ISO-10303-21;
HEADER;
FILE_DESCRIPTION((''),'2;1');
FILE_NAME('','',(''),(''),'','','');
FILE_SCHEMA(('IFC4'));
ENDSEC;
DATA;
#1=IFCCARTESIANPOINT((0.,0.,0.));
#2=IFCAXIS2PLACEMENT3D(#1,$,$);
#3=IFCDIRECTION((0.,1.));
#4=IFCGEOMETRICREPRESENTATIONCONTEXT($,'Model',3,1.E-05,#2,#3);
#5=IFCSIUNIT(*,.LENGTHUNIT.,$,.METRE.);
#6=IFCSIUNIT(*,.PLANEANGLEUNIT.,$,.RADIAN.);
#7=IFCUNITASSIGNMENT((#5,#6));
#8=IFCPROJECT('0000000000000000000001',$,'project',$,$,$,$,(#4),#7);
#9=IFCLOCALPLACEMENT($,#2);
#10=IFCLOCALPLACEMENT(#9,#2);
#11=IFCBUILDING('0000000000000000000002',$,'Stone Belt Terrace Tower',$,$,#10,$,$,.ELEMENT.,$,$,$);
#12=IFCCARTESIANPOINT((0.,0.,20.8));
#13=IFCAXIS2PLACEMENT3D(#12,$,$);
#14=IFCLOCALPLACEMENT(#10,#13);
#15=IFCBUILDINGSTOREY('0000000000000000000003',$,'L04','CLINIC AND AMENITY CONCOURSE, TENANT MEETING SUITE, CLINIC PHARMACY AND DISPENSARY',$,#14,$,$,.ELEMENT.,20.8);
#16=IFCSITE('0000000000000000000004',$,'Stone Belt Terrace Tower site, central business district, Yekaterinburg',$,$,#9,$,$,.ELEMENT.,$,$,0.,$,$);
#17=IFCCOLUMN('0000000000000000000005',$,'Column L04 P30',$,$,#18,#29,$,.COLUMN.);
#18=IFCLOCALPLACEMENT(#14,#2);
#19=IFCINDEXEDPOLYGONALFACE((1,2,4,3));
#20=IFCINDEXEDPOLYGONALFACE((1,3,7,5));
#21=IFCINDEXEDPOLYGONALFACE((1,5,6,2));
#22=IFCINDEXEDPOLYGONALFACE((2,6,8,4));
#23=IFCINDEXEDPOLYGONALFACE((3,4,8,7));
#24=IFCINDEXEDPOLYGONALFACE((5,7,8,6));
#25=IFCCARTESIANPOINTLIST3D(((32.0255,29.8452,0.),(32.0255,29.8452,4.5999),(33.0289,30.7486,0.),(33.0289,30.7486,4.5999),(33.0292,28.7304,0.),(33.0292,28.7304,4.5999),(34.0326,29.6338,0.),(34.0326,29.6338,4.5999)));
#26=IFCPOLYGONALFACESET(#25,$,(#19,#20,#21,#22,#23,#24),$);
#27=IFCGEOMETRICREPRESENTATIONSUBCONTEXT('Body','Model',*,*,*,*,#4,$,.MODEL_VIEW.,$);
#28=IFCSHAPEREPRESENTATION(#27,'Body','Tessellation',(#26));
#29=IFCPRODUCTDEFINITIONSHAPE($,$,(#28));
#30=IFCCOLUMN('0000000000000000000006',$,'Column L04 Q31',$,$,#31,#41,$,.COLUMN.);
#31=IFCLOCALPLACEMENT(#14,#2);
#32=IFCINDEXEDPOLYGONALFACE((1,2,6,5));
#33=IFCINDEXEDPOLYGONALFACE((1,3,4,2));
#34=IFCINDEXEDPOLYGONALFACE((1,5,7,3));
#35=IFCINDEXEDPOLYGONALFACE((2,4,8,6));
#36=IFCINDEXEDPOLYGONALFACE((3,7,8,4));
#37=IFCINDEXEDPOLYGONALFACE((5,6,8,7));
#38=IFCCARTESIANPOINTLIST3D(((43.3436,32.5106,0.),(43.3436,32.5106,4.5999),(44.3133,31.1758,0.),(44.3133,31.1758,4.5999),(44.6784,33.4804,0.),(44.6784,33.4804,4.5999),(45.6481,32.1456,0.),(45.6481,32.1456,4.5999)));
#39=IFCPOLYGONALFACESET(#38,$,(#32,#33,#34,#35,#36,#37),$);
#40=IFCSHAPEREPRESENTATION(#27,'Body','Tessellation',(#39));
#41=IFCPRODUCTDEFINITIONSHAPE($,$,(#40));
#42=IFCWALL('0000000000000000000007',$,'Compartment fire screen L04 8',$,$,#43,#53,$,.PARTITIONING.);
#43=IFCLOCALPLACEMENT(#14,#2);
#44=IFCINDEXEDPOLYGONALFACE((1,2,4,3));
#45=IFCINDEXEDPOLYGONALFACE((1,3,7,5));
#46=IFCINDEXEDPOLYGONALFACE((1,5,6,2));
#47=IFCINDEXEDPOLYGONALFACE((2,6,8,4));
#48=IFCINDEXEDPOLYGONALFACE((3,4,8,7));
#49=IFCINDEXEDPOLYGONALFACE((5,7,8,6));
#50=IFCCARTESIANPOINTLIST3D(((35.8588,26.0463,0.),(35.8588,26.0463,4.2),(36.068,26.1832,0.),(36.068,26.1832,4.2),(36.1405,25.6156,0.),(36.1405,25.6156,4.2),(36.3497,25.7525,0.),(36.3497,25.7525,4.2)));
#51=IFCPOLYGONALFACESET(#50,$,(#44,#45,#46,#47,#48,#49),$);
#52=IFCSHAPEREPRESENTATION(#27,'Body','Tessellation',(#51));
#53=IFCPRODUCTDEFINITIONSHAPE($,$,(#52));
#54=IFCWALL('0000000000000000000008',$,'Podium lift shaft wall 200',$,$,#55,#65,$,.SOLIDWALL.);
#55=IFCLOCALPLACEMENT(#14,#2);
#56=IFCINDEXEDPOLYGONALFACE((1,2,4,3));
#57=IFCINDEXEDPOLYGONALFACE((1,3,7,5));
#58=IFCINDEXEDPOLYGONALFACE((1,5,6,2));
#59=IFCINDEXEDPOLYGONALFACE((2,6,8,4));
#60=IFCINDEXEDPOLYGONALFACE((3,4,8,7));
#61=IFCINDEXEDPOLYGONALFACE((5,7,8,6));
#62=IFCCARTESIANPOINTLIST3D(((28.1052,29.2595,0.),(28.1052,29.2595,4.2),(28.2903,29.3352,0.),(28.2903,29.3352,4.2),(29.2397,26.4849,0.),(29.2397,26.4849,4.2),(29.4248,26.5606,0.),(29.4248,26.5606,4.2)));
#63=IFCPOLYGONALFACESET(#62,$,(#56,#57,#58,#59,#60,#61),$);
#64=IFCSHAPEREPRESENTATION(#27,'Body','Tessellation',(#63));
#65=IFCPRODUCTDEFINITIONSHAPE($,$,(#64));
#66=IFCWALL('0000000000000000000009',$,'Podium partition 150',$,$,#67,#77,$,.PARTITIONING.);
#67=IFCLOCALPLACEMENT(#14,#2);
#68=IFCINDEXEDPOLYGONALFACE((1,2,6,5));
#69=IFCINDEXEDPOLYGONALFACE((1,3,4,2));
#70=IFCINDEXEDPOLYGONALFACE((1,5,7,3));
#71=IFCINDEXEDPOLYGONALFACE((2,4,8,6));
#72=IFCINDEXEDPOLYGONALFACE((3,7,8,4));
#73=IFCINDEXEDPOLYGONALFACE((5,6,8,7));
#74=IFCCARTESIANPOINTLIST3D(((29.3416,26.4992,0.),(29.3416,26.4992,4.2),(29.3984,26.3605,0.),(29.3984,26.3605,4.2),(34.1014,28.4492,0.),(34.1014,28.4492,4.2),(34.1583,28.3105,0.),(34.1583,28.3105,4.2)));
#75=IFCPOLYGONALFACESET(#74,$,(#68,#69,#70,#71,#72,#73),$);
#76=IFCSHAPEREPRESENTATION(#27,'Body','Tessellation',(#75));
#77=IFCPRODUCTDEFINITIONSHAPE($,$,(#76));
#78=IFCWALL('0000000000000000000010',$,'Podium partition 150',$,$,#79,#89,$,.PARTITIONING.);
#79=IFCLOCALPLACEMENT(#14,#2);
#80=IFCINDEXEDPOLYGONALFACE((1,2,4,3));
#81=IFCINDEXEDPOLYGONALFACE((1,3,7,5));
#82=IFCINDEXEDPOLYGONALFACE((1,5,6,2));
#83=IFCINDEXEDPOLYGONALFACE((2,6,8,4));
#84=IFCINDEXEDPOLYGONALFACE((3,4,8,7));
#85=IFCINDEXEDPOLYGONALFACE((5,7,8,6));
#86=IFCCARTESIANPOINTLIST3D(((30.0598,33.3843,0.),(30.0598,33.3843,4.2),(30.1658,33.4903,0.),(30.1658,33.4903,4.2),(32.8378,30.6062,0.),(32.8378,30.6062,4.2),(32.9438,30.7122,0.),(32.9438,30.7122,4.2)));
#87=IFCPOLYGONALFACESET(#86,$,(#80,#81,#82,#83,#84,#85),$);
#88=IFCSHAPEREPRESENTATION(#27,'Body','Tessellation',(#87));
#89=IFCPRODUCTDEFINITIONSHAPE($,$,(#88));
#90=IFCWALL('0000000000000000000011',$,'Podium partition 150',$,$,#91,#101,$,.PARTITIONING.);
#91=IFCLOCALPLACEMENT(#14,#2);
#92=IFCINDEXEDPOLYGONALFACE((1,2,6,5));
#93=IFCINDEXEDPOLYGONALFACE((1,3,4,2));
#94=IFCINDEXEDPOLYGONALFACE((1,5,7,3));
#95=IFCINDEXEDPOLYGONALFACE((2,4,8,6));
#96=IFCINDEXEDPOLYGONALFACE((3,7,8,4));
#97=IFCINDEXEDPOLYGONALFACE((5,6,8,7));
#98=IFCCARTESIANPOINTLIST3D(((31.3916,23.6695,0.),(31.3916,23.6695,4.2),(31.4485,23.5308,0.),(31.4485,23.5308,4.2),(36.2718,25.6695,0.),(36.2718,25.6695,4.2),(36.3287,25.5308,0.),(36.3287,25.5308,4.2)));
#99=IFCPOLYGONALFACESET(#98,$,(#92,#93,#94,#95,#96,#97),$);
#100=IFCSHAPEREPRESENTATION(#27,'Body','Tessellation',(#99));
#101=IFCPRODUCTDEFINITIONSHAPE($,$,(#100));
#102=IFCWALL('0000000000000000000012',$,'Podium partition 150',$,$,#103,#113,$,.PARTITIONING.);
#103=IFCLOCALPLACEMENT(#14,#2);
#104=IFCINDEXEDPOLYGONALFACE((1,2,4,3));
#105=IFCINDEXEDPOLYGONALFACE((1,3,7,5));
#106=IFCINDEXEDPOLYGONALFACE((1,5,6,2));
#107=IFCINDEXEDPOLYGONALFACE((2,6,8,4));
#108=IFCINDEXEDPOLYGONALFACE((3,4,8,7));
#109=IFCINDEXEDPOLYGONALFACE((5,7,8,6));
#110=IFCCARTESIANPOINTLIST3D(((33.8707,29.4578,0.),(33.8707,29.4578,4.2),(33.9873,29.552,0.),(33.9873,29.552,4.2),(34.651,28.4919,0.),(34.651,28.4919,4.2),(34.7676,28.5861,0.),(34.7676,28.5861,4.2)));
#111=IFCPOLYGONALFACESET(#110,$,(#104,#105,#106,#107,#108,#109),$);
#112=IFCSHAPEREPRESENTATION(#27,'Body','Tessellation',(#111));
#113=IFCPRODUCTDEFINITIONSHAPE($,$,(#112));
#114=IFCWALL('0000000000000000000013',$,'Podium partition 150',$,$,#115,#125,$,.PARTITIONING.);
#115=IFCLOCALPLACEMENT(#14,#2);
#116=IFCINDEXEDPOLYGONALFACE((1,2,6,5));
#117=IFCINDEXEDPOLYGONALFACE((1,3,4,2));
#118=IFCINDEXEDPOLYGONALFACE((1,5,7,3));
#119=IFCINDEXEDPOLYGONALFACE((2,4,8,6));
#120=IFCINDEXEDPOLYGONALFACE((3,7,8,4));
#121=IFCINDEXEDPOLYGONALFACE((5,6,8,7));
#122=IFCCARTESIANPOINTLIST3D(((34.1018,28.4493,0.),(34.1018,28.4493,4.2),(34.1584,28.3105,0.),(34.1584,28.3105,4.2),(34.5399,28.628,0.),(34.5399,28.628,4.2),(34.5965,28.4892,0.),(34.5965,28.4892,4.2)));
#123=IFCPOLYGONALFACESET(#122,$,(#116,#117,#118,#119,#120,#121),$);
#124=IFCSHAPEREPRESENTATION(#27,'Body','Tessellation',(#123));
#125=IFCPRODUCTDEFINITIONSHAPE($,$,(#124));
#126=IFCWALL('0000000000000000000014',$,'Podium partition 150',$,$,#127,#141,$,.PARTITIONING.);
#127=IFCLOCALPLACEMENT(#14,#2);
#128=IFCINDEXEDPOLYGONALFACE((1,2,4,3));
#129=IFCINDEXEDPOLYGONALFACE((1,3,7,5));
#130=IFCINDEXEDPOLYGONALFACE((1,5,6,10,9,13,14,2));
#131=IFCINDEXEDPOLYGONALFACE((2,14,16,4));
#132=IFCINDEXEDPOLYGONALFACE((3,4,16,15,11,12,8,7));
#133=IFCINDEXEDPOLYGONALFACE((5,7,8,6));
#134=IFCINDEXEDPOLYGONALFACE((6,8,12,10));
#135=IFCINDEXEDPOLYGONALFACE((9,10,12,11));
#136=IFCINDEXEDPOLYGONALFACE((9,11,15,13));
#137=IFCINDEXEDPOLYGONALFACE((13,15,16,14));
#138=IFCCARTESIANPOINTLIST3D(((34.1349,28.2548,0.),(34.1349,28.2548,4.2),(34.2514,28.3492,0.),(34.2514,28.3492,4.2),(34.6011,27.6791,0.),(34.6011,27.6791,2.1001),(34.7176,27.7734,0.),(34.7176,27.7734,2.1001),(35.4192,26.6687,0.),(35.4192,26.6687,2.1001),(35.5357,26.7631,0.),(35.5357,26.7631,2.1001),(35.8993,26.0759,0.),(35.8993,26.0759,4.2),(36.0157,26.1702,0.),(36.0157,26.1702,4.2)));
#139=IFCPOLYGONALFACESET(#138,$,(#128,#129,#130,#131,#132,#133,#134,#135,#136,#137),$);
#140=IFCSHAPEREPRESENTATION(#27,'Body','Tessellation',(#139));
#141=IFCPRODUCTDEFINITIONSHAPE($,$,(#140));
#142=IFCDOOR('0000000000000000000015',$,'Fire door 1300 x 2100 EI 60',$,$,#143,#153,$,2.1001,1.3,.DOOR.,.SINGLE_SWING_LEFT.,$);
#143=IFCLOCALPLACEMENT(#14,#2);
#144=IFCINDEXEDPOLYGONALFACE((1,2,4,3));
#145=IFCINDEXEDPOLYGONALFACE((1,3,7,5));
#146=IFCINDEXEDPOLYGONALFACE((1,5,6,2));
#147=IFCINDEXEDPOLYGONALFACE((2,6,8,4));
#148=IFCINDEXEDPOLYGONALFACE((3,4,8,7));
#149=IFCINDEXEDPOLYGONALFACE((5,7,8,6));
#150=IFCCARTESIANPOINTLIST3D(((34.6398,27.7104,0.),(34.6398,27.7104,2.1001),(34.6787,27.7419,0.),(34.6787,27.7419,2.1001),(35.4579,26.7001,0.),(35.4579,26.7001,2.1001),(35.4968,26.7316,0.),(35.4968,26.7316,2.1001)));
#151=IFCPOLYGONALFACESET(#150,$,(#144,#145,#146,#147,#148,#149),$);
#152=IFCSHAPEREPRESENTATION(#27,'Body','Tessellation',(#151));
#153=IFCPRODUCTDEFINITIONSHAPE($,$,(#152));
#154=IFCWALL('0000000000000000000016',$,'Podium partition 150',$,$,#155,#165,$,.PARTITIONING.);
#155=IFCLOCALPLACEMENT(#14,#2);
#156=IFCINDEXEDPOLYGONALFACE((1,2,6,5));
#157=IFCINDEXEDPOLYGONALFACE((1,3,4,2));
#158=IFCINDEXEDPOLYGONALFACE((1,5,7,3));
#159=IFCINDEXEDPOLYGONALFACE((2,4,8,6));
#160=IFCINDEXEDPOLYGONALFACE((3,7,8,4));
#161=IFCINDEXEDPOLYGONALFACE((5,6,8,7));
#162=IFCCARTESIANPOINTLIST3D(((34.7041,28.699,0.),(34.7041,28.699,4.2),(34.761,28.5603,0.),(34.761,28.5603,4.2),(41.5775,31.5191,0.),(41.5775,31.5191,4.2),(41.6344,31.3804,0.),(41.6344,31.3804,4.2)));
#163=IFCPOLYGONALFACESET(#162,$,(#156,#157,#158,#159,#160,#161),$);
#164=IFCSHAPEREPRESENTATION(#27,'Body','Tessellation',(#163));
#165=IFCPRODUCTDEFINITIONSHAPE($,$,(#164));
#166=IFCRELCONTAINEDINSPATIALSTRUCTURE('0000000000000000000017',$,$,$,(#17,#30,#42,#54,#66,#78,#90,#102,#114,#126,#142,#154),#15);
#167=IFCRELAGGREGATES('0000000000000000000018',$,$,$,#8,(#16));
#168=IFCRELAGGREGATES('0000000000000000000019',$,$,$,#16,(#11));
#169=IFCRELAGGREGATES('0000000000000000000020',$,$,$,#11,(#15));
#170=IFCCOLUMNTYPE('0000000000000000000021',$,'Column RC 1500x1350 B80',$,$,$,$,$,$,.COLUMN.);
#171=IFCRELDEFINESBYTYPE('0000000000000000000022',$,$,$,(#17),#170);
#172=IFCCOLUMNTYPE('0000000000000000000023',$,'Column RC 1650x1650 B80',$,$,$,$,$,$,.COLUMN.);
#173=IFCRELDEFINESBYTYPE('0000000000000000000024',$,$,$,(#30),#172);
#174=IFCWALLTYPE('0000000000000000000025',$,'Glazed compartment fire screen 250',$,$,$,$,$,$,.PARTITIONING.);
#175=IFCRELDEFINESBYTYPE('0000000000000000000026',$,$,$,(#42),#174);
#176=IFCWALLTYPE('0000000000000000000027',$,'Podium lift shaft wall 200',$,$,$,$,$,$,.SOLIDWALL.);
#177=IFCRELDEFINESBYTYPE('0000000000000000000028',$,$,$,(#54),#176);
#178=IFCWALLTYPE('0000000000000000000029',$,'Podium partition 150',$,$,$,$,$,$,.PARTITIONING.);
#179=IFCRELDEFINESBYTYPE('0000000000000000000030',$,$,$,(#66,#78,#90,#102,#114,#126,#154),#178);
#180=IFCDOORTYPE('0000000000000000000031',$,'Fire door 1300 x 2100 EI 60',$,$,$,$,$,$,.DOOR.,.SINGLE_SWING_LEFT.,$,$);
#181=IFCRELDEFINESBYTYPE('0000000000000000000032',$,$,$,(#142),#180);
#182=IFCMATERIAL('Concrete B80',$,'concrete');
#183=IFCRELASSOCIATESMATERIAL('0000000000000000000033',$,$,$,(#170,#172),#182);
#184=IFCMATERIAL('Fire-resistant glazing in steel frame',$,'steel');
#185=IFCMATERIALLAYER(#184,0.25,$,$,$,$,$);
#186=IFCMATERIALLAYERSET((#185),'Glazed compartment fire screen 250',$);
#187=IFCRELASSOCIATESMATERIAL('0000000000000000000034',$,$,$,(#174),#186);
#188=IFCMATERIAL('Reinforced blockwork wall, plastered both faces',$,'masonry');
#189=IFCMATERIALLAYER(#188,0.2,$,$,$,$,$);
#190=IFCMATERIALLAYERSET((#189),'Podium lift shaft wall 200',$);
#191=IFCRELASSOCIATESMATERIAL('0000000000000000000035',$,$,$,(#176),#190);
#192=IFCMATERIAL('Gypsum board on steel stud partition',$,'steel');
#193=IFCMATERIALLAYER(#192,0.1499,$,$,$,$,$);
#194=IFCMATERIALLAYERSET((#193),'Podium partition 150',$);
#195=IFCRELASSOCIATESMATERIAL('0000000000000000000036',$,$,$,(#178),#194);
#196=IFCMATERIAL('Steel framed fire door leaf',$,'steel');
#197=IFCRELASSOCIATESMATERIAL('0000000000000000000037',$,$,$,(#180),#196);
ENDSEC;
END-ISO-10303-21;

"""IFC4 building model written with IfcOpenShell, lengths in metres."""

from ifc_helpers import new_model, si_unit, direction, frame, frame_2d, origin, origin_2d, place, context, subcontext, project, spatial, rectangle, extrude, material, layer, layer_set, material_profile, profile_set, type_object, element, fill, save


model = new_model("IFC4")

# Units and contexts
model_context = context("Model", 3, precision=1e-05, world=origin(), true_north=direction((0.0, 1.0)))
body_context = subcontext(model_context, "Body", "Model", "MODEL_VIEW")
ifc_project = project(units=[si_unit("LENGTHUNIT", "METRE"), si_unit("PLANEANGLEUNIT", "RADIAN")], contexts=[model_context])

# Site, building, storey
site_placement = place(None, origin())
site = spatial("IfcSite", under=ifc_project, at=site_placement, Name="Stone Belt Terrace Tower site, central business district, Yekaterinburg", CompositionType="ELEMENT", RefElevation=0.0)
building_placement = place(site_placement, origin())
building = spatial("IfcBuilding", under=site, at=building_placement, Name="Stone Belt Terrace Tower", CompositionType="ELEMENT")
storey_placement = place(building_placement, frame((0.0, 0.0, 20.8)))
storey = spatial("IfcBuildingStorey", under=building, at=storey_placement, Name="L04", Description="CLINIC AND AMENITY CONCOURSE, TENANT MEETING SUITE, CLINIC PHARMACY AND DISPENSARY", CompositionType="ELEMENT", Elevation=20.8)

# Columns
ifc_material_1 = material(Name="Concrete B80", Category="concrete")
ifc_material_profile_1 = material_profile(ifc_material_1, rectangle(XDim=1.5, YDim=1.3501, at=origin_2d()), Name="RC 1500x1350")
ifc_profile_set_1 = profile_set([ifc_material_profile_1], Name="Concrete B80")
column_type_1 = type_object("IfcColumnType", Name="Column RC 1500x1350 B80", PredefinedType="COLUMN", material=ifc_profile_set_1)
column_1_placement = place(storey_placement, frame((33.0291, 29.7395, 0.0), z_axis=(0.0, 0.0, 1.0), x_axis=(0.669131, -0.743145, 0.0)))
element("IfcColumn", 1, at=column_1_placement, inside=storey, type_object=column_type_1, Name="Column L04 P30", PredefinedType="COLUMN", context=body_context, shape_type="SweptSolid", body=[
    extrude(rectangle(XDim=1.5, YDim=1.3501, at=origin_2d()), origin(), (0.0, 0.0, 1.0), 4.5999),
])
ifc_material_profile_2 = material_profile(ifc_material_1, rectangle(XDim=1.6499, YDim=1.6499, at=origin_2d()), Name="RC 1650x1650")
ifc_profile_set_2 = profile_set([ifc_material_profile_2], Name="Concrete B80")
column_type_2 = type_object("IfcColumnType", Name="Column RC 1650x1650 B80", PredefinedType="COLUMN", material=ifc_profile_set_2)
column_2_placement = place(storey_placement, frame((44.4958, 32.3281, 0.0), z_axis=(0.0, 0.0, 1.0), x_axis=(0.587785, -0.809017, 0.0)))
element("IfcColumn", 2, at=column_2_placement, inside=storey, type_object=column_type_2, Name="Column L04 Q31", PredefinedType="COLUMN", context=body_context, shape_type="SweptSolid", body=[
    extrude(rectangle(XDim=1.6499, YDim=1.6499, at=origin_2d()), origin(), (0.0, 0.0, 1.0), 4.5999),
])

# Walls
ifc_material_2 = material(Name="Fire-resistant glazing in steel frame", Category="steel")
ifc_layer_1 = layer(ifc_material_2, 0.25)
ifc_layer_set_1 = layer_set([ifc_layer_1], Name="Glazed compartment fire screen 250")
wall_type_1 = type_object("IfcWallType", Name="Glazed compartment fire screen 250", PredefinedType="PARTITIONING", material=ifc_layer_set_1)
wall_1_placement = place(storey_placement, frame((35.9634, 26.1147, 0.0), z_axis=(0.0, 0.0, 1.0), x_axis=(0.547454, -0.836836, 0.0)))
element("IfcWall", 3, at=wall_1_placement, inside=storey, type_object=wall_type_1, Name="Compartment fire screen L04 8", PredefinedType="PARTITIONING", context=body_context, shape_type="SweptSolid", body=[
    extrude(rectangle(XDim=0.5146, YDim=0.25, at=frame_2d((0.2573, 0.0))), origin(), (0.0, 0.0, 1.0), 4.2),
])
ifc_material_3 = material(Name="Reinforced blockwork wall, plastered both faces", Category="masonry")
ifc_layer_2 = layer(ifc_material_3, 0.2)
ifc_layer_set_2 = layer_set([ifc_layer_2], Name="Podium lift shaft wall 200")
wall_type_2 = type_object("IfcWallType", Name="Podium lift shaft wall 200", PredefinedType="SOLIDWALL", material=ifc_layer_set_2)
wall_2_placement = place(storey_placement, frame((28.1978, 29.2974, 0.0), z_axis=(0.0, 0.0, 1.0), x_axis=(0.378471, -0.925613, 0.0)))
element("IfcWall", 4, at=wall_2_placement, inside=storey, type_object=wall_type_2, Name="Podium lift shaft wall 200", PredefinedType="SOLIDWALL", context=body_context, shape_type="SweptSolid", body=[
    extrude(rectangle(XDim=2.9976, YDim=0.2, at=frame_2d((1.4988, 0.0))), origin(), (0.0, 0.0, 1.0), 4.2),
])
ifc_material_4 = material(Name="Gypsum board on steel stud partition", Category="steel")
ifc_layer_3 = layer(ifc_material_4, 0.1499)
ifc_layer_set_3 = layer_set([ifc_layer_3], Name="Podium partition 150")
wall_type_3 = type_object("IfcWallType", Name="Podium partition 150", PredefinedType="PARTITIONING", material=ifc_layer_set_3)
wall_3_placement = place(storey_placement, frame((29.3701, 26.4299, 0.0), z_axis=(0.0, 0.0, 1.0), x_axis=(0.925358, 0.379095, 0.0)))
element("IfcWall", 5, at=wall_3_placement, inside=storey, type_object=wall_type_3, Name="Podium partition 150", PredefinedType="PARTITIONING", context=body_context, shape_type="SweptSolid", body=[
    extrude(rectangle(XDim=5.1438, YDim=0.1499, at=frame_2d((2.5718, 0.0))), origin(), (0.0, 0.0, 1.0), 4.2),
])
wall_4_placement = place(storey_placement, frame((30.1128, 33.4373, 0.0), z_axis=(0.0, 0.0, 1.0), x_axis=(0.707107, -0.707107, 0.0)))
element("IfcWall", 6, at=wall_4_placement, inside=storey, type_object=wall_type_3, Name="Podium partition 150", PredefinedType="PARTITIONING", context=body_context, shape_type="SweptSolid", body=[
    extrude(rectangle(XDim=3.9287, YDim=0.1499, at=frame_2d((1.9644, 0.0))), origin(), (0.0, 0.0, 1.0), 4.2),
])
wall_5_placement = place(storey_placement, frame((31.4199, 23.6001, 0.0), z_axis=(0.0, 0.0, 1.0), x_axis=(0.925309, 0.379215, 0.0)))
element("IfcWall", 7, at=wall_5_placement, inside=storey, type_object=wall_type_3, Name="Podium partition 150", PredefinedType="PARTITIONING", context=body_context, shape_type="SweptSolid", body=[
    extrude(rectangle(XDim=5.2742, YDim=0.1499, at=frame_2d((2.6372, 0.0))), origin(), (0.0, 0.0, 1.0), 4.2),
])
wall_6_placement = place(storey_placement, frame((33.929, 29.5049, 0.0), z_axis=(0.0, 0.0, 1.0), x_axis=(0.628429, -0.777867, 0.0)))
element("IfcWall", 8, at=wall_6_placement, inside=storey, type_object=wall_type_3, Name="Podium partition 150", PredefinedType="PARTITIONING", context=body_context, shape_type="SweptSolid", body=[
    extrude(rectangle(XDim=1.2417, YDim=0.1499, at=frame_2d((0.6208, 0.0))), origin(), (0.0, 0.0, 1.0), 4.2),
])
wall_7_placement = place(storey_placement, frame((34.1301, 28.3799, 0.0), z_axis=(0.0, 0.0, 1.0), x_axis=(0.925892, 0.377789, 0.0)))
element("IfcWall", 9, at=wall_7_placement, inside=storey, type_object=wall_type_3, Name="Podium partition 150", PredefinedType="PARTITIONING", context=body_context, shape_type="SweptSolid", body=[
    extrude(rectangle(XDim=0.4731, YDim=0.1499, at=frame_2d((0.2366, 0.0))), origin(), (0.0, 0.0, 1.0), 4.2),
])

# Wall, opening, door
wall_8_placement = place(storey_placement, frame((34.1931, 28.302, 0.0), z_axis=(0.0, 0.0, 1.0), x_axis=(0.629303, -0.77716, 0.0)))
wall_8 = element("IfcWall", 10, at=wall_8_placement, inside=storey, type_object=wall_type_3, Name="Podium partition 150", PredefinedType="PARTITIONING", context=body_context, shape_type="SweptSolid", body=[
    extrude(rectangle(XDim=2.8037, YDim=0.1499, at=frame_2d((1.4019, 0.0))), origin(), (0.0, 0.0, 1.0), 4.2),
])
opening_1_placement = place(wall_8_placement, frame((0.741, 0.0, 0.0)))
opening_1 = element("IfcOpeningElement", 11, at=opening_1_placement, cuts=wall_8, PredefinedType="OPENING", context=body_context, shape_type="SweptSolid", body=[
    extrude(rectangle(XDim=1.3, YDim=2.1001, at=frame_2d((0.6499, 1.05))), frame((0.0, 0.085, 0.0), z_axis=(0.0, -1.0, 0.0), x_axis=(1.0, 0.0, 0.0)), (0.0, 0.0, 1.0), 0.1699),
])
ifc_material_5 = material(Name="Steel framed fire door leaf", Category="steel")
door_type_1 = type_object("IfcDoorType", Name="Fire door 1300 x 2100 EI 60", OperationType="SINGLE_SWING_LEFT", PredefinedType="DOOR", material=ifc_material_5)
door_1_placement = place(opening_1_placement, origin())
door_1 = element("IfcDoor", 12, at=door_1_placement, inside=storey, type_object=door_type_1, Name="Fire door 1300 x 2100 EI 60", OperationType="SINGLE_SWING_LEFT", OverallHeight=2.1001, OverallWidth=1.3, PredefinedType="DOOR", context=body_context, shape_type="SweptSolid", body=[
    extrude(rectangle(XDim=1.3, YDim=2.1001, at=frame_2d((0.6499, 1.05))), frame((0.0, 0.0249, 0.0), z_axis=(0.0, -1.0, 0.0), x_axis=(1.0, 0.0, 0.0)), (0.0, 0.0, 1.0), 0.05),
])
fill(opening_1, door_1)

# Wall
wall_9_placement = place(storey_placement, frame((34.7324, 28.6296, 0.0), z_axis=(0.0, 0.0, 1.0), x_axis=(0.925161, 0.379574, 0.0)))
element("IfcWall", 13, at=wall_9_placement, inside=storey, type_object=wall_type_3, Name="Podium partition 150", PredefinedType="PARTITIONING", context=body_context, shape_type="SweptSolid", body=[
    extrude(rectangle(XDim=7.4294, YDim=0.1499, at=frame_2d((3.7148, 0.0))), origin(), (0.0, 0.0, 1.0), 4.2),
])

save(model, "model.ifc")
